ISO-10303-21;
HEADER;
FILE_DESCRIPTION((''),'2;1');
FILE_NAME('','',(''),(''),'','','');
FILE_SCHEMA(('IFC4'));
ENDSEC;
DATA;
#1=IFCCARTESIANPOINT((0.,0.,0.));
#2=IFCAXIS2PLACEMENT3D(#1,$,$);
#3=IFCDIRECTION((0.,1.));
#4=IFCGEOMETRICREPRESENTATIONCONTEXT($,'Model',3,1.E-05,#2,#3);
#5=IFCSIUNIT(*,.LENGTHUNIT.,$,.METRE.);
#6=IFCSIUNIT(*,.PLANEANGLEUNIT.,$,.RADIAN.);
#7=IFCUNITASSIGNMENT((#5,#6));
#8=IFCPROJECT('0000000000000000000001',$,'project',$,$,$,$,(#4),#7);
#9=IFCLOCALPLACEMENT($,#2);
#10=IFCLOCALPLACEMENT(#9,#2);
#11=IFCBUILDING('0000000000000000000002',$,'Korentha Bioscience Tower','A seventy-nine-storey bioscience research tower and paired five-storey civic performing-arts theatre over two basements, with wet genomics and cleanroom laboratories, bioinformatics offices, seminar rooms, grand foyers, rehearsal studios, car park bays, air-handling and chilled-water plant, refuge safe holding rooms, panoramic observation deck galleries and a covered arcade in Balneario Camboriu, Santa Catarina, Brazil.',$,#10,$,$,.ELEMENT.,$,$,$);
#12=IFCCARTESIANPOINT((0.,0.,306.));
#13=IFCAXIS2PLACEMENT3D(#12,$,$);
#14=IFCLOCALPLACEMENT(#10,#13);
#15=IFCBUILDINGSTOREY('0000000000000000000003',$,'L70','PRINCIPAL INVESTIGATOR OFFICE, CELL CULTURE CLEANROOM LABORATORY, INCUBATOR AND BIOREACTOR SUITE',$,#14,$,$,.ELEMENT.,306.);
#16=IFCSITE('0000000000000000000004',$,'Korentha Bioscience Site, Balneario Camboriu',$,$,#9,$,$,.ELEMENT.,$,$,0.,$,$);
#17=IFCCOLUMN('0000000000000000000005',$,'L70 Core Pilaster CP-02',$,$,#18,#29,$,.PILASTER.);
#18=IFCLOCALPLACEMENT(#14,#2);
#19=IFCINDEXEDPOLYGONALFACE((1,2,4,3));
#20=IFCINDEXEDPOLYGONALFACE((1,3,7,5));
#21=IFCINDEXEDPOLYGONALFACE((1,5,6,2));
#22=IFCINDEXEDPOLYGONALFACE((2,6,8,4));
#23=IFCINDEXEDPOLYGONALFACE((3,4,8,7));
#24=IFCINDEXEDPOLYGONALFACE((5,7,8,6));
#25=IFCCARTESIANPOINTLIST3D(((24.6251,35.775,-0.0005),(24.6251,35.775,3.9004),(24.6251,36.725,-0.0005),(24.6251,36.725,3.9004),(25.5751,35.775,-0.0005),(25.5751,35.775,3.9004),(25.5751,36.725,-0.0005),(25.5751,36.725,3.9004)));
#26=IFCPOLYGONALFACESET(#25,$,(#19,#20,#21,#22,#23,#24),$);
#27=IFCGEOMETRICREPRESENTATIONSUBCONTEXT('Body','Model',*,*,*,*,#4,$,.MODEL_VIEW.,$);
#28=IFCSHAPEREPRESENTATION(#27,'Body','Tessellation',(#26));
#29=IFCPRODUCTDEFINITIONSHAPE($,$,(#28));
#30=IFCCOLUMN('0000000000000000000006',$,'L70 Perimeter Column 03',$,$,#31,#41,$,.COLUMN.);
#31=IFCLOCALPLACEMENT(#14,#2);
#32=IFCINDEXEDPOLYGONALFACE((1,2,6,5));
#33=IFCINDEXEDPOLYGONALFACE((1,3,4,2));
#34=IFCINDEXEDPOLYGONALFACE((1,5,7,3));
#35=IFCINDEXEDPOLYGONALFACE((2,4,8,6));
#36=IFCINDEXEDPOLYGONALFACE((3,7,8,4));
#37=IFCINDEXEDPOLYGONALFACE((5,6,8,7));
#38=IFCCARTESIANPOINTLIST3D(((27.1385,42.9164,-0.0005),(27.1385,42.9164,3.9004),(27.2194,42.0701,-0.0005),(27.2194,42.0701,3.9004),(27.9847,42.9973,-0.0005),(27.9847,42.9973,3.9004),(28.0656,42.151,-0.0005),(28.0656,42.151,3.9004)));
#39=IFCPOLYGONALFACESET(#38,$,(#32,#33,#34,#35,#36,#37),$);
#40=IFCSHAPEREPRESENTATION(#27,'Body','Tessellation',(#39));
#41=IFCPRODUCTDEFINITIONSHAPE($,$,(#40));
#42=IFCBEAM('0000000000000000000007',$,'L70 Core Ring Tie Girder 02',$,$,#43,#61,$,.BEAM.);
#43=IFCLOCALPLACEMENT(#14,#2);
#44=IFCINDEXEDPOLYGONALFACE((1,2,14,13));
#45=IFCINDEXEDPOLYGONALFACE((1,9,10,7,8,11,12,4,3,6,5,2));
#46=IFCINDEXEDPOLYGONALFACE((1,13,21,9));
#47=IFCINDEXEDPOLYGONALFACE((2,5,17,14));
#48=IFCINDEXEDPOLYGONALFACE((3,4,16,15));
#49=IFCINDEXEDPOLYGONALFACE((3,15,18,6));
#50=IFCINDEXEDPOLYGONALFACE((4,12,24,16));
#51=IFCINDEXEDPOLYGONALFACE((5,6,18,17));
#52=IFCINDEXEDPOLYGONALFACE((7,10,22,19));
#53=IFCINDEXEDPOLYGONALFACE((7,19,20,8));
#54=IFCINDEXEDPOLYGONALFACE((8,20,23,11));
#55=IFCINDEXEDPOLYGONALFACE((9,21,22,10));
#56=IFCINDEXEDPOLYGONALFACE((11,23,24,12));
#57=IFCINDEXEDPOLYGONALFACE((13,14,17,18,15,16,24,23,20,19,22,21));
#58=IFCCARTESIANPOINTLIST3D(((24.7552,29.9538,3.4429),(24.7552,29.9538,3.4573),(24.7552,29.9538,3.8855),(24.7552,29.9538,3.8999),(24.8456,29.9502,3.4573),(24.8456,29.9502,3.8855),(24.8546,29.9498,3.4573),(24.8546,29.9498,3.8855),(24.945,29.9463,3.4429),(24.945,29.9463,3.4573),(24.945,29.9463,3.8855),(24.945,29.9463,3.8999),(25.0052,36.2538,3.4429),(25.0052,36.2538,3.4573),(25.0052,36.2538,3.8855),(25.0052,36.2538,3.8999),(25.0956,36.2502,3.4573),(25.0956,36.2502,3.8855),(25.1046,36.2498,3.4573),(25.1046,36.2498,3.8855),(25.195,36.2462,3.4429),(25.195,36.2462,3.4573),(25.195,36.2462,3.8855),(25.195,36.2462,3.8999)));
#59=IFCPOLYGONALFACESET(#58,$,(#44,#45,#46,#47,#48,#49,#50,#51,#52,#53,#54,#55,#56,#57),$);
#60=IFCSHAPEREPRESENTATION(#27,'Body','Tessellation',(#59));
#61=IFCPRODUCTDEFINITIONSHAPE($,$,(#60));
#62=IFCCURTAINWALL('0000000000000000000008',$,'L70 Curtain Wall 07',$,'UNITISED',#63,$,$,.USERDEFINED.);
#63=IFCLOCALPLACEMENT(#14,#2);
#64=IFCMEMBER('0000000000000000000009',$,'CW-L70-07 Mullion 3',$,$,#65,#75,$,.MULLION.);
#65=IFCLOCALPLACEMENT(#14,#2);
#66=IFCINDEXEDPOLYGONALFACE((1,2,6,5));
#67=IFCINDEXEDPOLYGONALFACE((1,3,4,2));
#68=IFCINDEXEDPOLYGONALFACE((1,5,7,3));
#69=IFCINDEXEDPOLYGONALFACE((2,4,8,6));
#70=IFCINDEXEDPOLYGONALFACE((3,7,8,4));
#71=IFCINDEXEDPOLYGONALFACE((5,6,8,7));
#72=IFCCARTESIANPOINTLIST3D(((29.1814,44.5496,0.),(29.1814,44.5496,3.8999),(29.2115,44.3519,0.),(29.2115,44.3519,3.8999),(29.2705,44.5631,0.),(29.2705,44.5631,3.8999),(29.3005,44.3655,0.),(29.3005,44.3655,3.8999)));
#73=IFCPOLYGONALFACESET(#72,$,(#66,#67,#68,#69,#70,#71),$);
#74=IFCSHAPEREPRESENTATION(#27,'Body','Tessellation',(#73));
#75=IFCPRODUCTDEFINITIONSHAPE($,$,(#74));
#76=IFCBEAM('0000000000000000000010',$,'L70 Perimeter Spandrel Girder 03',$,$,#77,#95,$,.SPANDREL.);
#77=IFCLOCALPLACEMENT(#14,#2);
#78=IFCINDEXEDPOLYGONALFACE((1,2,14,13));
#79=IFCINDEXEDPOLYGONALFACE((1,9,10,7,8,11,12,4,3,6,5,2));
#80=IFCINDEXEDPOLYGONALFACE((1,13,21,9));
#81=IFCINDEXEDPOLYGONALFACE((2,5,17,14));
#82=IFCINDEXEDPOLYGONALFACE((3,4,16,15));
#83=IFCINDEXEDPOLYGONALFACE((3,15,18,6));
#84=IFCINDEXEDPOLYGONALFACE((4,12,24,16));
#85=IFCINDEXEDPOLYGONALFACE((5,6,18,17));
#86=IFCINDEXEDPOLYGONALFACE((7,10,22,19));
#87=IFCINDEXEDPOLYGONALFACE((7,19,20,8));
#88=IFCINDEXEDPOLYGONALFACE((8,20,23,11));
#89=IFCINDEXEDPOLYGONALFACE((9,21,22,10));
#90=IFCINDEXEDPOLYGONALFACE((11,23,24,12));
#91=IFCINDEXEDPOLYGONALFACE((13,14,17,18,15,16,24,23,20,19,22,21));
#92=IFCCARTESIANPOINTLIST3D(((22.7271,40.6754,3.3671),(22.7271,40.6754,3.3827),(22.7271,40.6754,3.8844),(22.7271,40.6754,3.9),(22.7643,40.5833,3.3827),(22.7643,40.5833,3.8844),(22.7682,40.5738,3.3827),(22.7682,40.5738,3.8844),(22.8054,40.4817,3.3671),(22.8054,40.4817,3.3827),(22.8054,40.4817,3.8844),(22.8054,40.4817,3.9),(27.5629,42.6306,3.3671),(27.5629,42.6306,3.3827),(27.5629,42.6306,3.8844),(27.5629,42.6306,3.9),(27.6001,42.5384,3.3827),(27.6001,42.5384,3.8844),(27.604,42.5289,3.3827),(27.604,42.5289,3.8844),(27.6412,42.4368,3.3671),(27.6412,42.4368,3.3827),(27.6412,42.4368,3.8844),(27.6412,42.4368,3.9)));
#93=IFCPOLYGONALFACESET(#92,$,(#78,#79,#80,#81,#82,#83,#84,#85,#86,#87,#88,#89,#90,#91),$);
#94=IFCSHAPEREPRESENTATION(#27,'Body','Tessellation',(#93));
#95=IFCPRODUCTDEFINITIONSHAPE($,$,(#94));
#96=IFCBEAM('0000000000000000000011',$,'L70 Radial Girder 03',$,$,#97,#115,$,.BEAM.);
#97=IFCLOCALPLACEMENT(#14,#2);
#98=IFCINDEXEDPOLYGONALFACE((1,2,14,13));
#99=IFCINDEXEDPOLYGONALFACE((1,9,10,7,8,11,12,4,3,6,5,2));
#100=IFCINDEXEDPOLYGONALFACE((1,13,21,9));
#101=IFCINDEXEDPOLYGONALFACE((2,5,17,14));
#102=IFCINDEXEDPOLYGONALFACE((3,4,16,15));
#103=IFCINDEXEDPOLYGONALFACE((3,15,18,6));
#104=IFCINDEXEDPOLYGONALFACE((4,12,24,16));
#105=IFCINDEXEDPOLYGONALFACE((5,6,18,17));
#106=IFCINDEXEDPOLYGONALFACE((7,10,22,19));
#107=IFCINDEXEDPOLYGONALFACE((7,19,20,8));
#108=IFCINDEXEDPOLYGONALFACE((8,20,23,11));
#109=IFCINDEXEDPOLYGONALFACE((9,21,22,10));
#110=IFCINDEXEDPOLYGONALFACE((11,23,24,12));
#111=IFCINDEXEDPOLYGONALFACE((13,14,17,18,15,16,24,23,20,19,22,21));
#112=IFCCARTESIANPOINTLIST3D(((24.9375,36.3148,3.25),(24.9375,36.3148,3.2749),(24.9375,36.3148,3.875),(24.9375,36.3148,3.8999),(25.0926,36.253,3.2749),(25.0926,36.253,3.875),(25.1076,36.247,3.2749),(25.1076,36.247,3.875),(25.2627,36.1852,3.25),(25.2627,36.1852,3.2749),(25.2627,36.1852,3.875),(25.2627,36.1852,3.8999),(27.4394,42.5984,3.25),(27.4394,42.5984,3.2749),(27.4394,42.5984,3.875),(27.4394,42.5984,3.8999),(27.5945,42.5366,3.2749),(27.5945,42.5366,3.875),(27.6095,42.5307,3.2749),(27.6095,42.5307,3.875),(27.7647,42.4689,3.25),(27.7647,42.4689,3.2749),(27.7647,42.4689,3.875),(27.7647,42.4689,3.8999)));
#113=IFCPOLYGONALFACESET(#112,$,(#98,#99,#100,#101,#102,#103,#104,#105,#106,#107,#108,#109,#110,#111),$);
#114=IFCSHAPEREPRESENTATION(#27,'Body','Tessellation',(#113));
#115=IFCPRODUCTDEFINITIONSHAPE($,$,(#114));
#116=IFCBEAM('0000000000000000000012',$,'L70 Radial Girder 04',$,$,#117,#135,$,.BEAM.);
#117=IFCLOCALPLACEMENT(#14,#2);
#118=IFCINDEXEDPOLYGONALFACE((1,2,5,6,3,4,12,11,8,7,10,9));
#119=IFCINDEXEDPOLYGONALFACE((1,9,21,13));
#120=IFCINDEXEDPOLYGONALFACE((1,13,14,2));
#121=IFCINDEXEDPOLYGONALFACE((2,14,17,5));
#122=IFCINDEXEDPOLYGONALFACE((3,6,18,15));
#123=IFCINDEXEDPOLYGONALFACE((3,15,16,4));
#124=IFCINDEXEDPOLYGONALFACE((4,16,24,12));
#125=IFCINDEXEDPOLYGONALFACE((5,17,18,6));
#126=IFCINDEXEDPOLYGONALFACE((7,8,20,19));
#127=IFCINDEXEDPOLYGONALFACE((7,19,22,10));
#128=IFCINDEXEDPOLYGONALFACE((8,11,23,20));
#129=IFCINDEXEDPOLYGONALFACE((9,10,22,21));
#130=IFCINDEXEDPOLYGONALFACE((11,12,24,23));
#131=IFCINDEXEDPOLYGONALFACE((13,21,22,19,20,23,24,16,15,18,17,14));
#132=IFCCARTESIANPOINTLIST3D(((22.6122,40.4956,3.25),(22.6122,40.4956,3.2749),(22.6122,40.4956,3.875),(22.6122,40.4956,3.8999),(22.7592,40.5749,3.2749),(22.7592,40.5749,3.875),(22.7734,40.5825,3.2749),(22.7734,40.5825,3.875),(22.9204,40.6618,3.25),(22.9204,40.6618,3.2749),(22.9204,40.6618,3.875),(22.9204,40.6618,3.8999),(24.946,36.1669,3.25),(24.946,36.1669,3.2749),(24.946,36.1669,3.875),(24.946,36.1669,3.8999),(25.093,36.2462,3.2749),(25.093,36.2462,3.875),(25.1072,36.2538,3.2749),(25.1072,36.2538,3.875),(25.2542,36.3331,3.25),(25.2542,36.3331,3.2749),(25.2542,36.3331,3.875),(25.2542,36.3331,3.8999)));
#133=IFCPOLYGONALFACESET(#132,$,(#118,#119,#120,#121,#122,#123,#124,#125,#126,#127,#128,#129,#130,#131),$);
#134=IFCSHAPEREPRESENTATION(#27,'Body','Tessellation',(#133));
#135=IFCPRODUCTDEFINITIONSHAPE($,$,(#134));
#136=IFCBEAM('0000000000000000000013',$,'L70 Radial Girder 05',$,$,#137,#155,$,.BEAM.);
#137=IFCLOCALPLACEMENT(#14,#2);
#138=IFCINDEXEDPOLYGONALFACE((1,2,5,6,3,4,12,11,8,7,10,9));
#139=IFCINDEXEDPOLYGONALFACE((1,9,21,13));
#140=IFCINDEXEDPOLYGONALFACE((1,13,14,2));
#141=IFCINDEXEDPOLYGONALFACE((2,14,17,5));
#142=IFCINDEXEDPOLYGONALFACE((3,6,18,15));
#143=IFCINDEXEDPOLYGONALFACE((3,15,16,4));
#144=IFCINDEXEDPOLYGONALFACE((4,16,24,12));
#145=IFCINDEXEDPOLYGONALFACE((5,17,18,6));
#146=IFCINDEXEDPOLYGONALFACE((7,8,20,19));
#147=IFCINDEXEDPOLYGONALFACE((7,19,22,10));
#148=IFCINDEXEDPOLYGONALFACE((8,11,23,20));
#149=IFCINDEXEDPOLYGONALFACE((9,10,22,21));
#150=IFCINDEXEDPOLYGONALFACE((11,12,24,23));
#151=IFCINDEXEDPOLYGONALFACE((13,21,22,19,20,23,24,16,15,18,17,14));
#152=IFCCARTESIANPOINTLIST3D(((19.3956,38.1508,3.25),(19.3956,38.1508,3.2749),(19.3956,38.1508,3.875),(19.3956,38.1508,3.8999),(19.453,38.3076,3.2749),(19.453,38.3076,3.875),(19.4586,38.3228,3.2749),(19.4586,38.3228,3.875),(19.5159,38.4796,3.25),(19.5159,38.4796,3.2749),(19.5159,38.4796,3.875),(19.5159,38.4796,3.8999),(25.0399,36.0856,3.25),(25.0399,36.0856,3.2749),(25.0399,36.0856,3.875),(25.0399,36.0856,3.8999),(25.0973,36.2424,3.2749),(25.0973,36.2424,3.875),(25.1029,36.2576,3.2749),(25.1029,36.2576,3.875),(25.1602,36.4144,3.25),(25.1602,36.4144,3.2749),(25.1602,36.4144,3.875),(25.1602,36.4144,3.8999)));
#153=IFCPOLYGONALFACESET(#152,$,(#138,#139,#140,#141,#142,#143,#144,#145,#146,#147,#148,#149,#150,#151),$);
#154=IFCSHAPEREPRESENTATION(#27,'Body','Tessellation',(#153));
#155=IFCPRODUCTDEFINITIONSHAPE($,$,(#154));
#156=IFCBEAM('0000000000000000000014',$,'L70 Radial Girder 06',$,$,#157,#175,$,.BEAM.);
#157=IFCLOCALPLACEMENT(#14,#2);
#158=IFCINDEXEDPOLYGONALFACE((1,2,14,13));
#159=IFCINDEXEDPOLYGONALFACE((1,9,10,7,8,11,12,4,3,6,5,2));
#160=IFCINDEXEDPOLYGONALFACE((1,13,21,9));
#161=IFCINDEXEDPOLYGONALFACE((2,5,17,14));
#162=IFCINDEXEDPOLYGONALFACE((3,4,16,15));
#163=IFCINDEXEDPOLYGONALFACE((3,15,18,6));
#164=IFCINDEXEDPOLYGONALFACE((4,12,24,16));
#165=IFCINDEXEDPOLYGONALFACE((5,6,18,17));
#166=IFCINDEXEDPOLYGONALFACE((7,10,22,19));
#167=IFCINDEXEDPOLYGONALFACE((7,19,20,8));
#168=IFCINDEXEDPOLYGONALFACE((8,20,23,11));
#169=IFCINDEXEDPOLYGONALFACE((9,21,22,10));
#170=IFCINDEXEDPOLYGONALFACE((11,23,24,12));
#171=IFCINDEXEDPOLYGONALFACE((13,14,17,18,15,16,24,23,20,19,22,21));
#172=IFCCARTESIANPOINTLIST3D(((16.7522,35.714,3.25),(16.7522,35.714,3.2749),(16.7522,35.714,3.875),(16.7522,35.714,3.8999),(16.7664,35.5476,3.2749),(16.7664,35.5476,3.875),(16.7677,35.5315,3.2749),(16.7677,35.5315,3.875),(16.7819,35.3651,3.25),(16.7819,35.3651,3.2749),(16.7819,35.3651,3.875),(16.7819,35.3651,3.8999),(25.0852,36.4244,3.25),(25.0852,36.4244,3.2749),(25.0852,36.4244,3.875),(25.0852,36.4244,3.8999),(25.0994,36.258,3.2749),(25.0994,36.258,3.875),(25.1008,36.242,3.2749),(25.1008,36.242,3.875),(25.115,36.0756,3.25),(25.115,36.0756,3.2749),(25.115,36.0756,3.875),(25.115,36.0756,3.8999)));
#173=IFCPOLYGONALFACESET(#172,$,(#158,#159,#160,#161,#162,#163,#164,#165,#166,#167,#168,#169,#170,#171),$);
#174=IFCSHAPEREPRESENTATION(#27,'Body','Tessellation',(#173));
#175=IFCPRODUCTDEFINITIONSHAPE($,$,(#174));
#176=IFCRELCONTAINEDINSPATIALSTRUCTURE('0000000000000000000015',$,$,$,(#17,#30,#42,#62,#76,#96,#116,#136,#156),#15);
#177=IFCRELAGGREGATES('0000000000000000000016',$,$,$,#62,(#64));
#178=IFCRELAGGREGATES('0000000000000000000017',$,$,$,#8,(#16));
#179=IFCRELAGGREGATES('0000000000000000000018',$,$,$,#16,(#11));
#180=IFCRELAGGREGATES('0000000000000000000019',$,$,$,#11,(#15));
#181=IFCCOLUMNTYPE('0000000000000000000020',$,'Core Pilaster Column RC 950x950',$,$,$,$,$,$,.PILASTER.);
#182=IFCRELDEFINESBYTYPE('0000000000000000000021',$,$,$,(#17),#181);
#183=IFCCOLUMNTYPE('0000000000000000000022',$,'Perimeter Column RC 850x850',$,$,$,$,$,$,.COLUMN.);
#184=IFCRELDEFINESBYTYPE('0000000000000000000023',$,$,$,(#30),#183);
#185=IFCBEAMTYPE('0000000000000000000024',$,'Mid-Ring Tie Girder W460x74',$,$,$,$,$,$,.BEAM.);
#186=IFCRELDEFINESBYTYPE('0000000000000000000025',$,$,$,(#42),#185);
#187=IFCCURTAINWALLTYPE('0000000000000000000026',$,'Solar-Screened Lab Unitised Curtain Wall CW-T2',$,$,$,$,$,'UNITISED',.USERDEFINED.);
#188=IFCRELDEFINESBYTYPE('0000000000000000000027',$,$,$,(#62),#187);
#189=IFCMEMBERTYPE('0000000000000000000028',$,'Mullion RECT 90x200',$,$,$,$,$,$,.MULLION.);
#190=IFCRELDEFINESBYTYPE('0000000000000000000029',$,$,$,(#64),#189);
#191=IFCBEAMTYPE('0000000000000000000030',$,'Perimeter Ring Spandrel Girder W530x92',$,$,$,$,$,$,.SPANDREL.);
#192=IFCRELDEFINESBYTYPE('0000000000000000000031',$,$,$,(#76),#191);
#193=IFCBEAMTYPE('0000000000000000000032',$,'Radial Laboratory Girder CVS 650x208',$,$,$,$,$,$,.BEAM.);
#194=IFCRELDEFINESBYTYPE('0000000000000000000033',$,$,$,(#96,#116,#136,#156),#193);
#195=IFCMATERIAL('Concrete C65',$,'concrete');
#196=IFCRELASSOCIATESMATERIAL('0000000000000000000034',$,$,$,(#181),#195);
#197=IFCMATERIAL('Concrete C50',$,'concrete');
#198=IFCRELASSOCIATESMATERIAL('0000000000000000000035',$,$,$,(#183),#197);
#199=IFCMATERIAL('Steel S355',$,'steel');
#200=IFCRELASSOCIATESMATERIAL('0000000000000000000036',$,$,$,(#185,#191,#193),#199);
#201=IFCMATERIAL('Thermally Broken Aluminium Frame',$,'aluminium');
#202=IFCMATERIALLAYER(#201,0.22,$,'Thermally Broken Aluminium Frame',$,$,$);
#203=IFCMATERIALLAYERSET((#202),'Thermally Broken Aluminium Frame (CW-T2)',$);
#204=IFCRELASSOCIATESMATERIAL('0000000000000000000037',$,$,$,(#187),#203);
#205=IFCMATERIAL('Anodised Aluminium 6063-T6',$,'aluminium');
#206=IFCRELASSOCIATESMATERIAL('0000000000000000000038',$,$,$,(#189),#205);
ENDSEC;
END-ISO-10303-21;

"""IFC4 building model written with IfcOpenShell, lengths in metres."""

from ifc_helpers import new_model, si_unit, direction, frame, origin, origin_2d, place, context, subcontext, project, spatial, rectangle, i_section, extrude, material, layer, layer_set, material_profile, profile_set, type_object, element, aggregate, save


model = new_model("IFC4")

# Units and contexts
model_context = context("Model", 3, precision=1e-05, world=origin(), true_north=direction((0.0, 1.0)))
body_context = subcontext(model_context, "Body", "Model", "MODEL_VIEW")
ifc_project = project(units=[si_unit("LENGTHUNIT", "METRE"), si_unit("PLANEANGLEUNIT", "RADIAN")], contexts=[model_context])

# Site, building, storey
site_placement = place(None, origin())
site = spatial("IfcSite", under=ifc_project, at=site_placement, Name="Korentha Bioscience Site, Balneario Camboriu", CompositionType="ELEMENT", RefElevation=0.0)
building_placement = place(site_placement, origin())
building = spatial("IfcBuilding", under=site, at=building_placement, Name="Korentha Bioscience Tower", Description="A seventy-nine-storey bioscience research tower and paired five-storey civic performing-arts theatre over two basements, with wet genomics and cleanroom laboratories, bioinformatics offices, seminar rooms, grand foyers, rehearsal studios, car park bays, air-handling and chilled-water plant, refuge safe holding rooms, panoramic observation deck galleries and a covered arcade in Balneario Camboriu, Santa Catarina, Brazil.", CompositionType="ELEMENT")
storey_placement = place(building_placement, frame((0.0, 0.0, 306.0)))
storey = spatial("IfcBuildingStorey", under=building, at=storey_placement, Name="L70", Description="PRINCIPAL INVESTIGATOR OFFICE, CELL CULTURE CLEANROOM LABORATORY, INCUBATOR AND BIOREACTOR SUITE", CompositionType="ELEMENT", Elevation=306.0)

# Columns
ifc_material_1 = material(Name="Concrete C65", Category="concrete")
ifc_material_profile_1 = material_profile(ifc_material_1, rectangle(XDim=0.95, YDim=0.95, at=origin_2d()), Name="Concrete C65")
ifc_profile_set_1 = profile_set([ifc_material_profile_1], Name="Concrete C65 (COL-CP09)")
column_type_1 = type_object("IfcColumnType", Name="Core Pilaster Column RC 950x950", PredefinedType="PILASTER", material=ifc_profile_set_1)
column_1_placement = place(storey_placement, frame((25.1001, 36.25, -0.0005), z_axis=(0.0, 0.0, 1.0), x_axis=(1.0, 0.0, 0.0)))
element("IfcColumn", 1, at=column_1_placement, inside=storey, type_object=column_type_1, Name="L70 Core Pilaster CP-02", PredefinedType="PILASTER", context=body_context, shape_type="SweptSolid", body=[
    extrude(rectangle(XDim=0.95, YDim=0.95, at=origin_2d()), origin(), (0.0, 0.0, 1.0), 3.9009),
])
ifc_material_2 = material(Name="Concrete C50", Category="concrete")
ifc_material_profile_2 = material_profile(ifc_material_2, rectangle(XDim=0.8501, YDim=0.8501, at=origin_2d()), Name="Concrete C50")
ifc_profile_set_2 = profile_set([ifc_material_profile_2], Name="Concrete C50 (COL-P08)")
column_type_2 = type_object("IfcColumnType", Name="Perimeter Column RC 850x850", PredefinedType="COLUMN", material=ifc_profile_set_2)
column_2_placement = place(storey_placement, frame((27.6021, 42.5337, -0.0005), z_axis=(0.0, 0.0, 1.0), x_axis=(0.995463, 0.095151, 0.0)))
element("IfcColumn", 2, at=column_2_placement, inside=storey, type_object=column_type_2, Name="L70 Perimeter Column 03", PredefinedType="COLUMN", context=body_context, shape_type="SweptSolid", body=[
    extrude(rectangle(XDim=0.8501, YDim=0.8501, at=origin_2d()), origin(), (0.0, 0.0, 1.0), 3.9009),
])

# Beam
ifc_material_3 = material(Name="Steel S355", Category="steel")
ifc_material_profile_3 = material_profile(ifc_material_3, i_section(OverallWidth=0.1899, OverallDepth=0.457, WebThickness=0.009, FlangeThickness=0.0144, at=origin_2d()), Name="Steel S355")
ifc_profile_set_3 = profile_set([ifc_material_profile_3], Name="Steel S355 (MB-460)")
beam_type_1 = type_object("IfcBeamType", Name="Mid-Ring Tie Girder W460x74", PredefinedType="BEAM", material=ifc_profile_set_3)
beam_1_placement = place(storey_placement, frame((25.1001, 36.25, 3.6714), z_axis=(-0.039651, -0.999214, 0.0), x_axis=(0.999214, -0.039651, 0.0)))
element("IfcBeam", 3, at=beam_1_placement, inside=storey, type_object=beam_type_1, Name="L70 Core Ring Tie Girder 02", PredefinedType="BEAM", context=body_context, shape_type="SweptSolid", body=[
    extrude(i_section(OverallWidth=0.1899, OverallDepth=0.457, WebThickness=0.009, FlangeThickness=0.0144, at=origin_2d()), origin(), (0.0, 0.0, 1.0), 6.3049),
])

# Curtain wall, member
ifc_material_4 = material(Name="Thermally Broken Aluminium Frame", Category="aluminium")
ifc_layer_1 = layer(ifc_material_4, 0.22, Name="Thermally Broken Aluminium Frame")
ifc_layer_set_1 = layer_set([ifc_layer_1], Name="Thermally Broken Aluminium Frame (CW-T2)")
curtain_wall_type = type_object("IfcCurtainWallType", Name="Solar-Screened Lab Unitised Curtain Wall CW-T2", ElementType="UNITISED", PredefinedType="USERDEFINED", material=ifc_layer_set_1)
curtain_wall_placement = place(storey_placement, origin())
curtain_wall = element("IfcCurtainWall", 4, at=curtain_wall_placement, inside=storey, type_object=curtain_wall_type, Name="L70 Curtain Wall 07", ObjectType="UNITISED", PredefinedType="USERDEFINED")
ifc_material_5 = material(Name="Anodised Aluminium 6063-T6", Category="aluminium")
ifc_material_profile_4 = material_profile(ifc_material_5, rectangle(XDim=0.0901, YDim=0.2, at=origin_2d()), Name="Anodised Aluminium 6063-T6")
ifc_profile_set_4 = profile_set([ifc_material_profile_4], Name="Anodised Aluminium 6063-T6 (CW-MUL)")
member_type = type_object("IfcMemberType", Name="Mullion RECT 90x200", PredefinedType="MULLION", material=ifc_profile_set_4)
member_placement = place(storey_placement, frame((29.241, 44.4575, 0.0), z_axis=(0.0, 0.0, 1.0), x_axis=(-0.988621, -0.150428, 0.0)))
member = element("IfcMember", 5, at=member_placement, type_object=member_type, Name="CW-L70-07 Mullion 3", PredefinedType="MULLION", context=body_context, shape_type="SweptSolid", body=[
    extrude(rectangle(XDim=0.0901, YDim=0.2, at=origin_2d()), origin(), (0.0, 0.0, 1.0), 3.8999),
])

# Beams
ifc_material_profile_5 = material_profile(ifc_material_3, i_section(OverallWidth=0.209, OverallDepth=0.533, WebThickness=0.0103, FlangeThickness=0.0156, at=origin_2d()), Name="Steel S355")
ifc_profile_set_5 = profile_set([ifc_material_profile_5], Name="Steel S355 (SB-530)")
beam_type_2 = type_object("IfcBeamType", Name="Perimeter Ring Spandrel Girder W530x92", PredefinedType="SPANDREL", material=ifc_profile_set_5)
beam_2_placement = place(storey_placement, frame((27.6021, 42.5337, 3.6335), z_axis=(-0.927095, -0.374826, 0.0), x_axis=(0.374826, -0.927095, 0.0)))
element("IfcBeam", 6, at=beam_2_placement, inside=storey, type_object=beam_type_2, Name="L70 Perimeter Spandrel Girder 03", PredefinedType="SPANDREL", context=body_context, shape_type="SweptSolid", body=[
    extrude(i_section(OverallWidth=0.209, OverallDepth=0.533, WebThickness=0.0103, FlangeThickness=0.0156, at=origin_2d()), origin(), (0.0, 0.0, 1.0), 5.2161),
])
ifc_material_profile_6 = material_profile(ifc_material_3, i_section(OverallWidth=0.3501, OverallDepth=0.6499, WebThickness=0.0161, FlangeThickness=0.0249, at=origin_2d()), Name="Steel S355")
ifc_profile_set_6 = profile_set([ifc_material_profile_6], Name="Steel S355 (RB-650)")
beam_type_3 = type_object("IfcBeamType", Name="Radial Laboratory Girder CVS 650x208", PredefinedType="BEAM", material=ifc_profile_set_6)
beam_3_placement = place(storey_placement, frame((25.1001, 36.25, 3.575), z_axis=(0.369921, 0.929063, 0.0), x_axis=(-0.929063, 0.369921, 0.0)))
element("IfcBeam", 7, at=beam_3_placement, inside=storey, type_object=beam_type_3, Name="L70 Radial Girder 03", PredefinedType="BEAM", context=body_context, shape_type="SweptSolid", body=[
    extrude(i_section(OverallWidth=0.3501, OverallDepth=0.6499, WebThickness=0.0161, FlangeThickness=0.0249, at=origin_2d()), origin(), (0.0, 0.0, 1.0), 6.7634),
])
beam_4_placement = place(storey_placement, frame((25.1001, 36.25, 3.575), z_axis=(-0.474565, 0.880221, 0.0), x_axis=(-0.880221, -0.474565, 0.0)))
element("IfcBeam", 8, at=beam_4_placement, inside=storey, type_object=beam_type_3, Name="L70 Radial Girder 04", PredefinedType="BEAM", context=body_context, shape_type="SweptSolid", body=[
    extrude(i_section(OverallWidth=0.3501, OverallDepth=0.6499, WebThickness=0.0161, FlangeThickness=0.0249, at=origin_2d()), origin(), (0.0, 0.0, 1.0), 4.9177),
])
beam_5_placement = place(storey_placement, frame((25.1001, 36.25, 3.575), z_axis=(-0.939112, 0.343611, 0.0), x_axis=(-0.343611, -0.939112, 0.0)))
element("IfcBeam", 9, at=beam_5_placement, inside=storey, type_object=beam_type_3, Name="L70 Radial Girder 05", PredefinedType="BEAM", context=body_context, shape_type="SweptSolid", body=[
    extrude(i_section(OverallWidth=0.3501, OverallDepth=0.6499, WebThickness=0.0161, FlangeThickness=0.0249, at=origin_2d()), origin(), (0.0, 0.0, 1.0), 6.0103),
])
beam_6_placement = place(storey_placement, frame((25.1001, 36.25, 3.575), z_axis=(-0.996385, -0.084949, 0.0), x_axis=(0.084949, -0.996385, 0.0)))
element("IfcBeam", 10, at=beam_6_placement, inside=storey, type_object=beam_type_3, Name="L70 Radial Girder 06", PredefinedType="BEAM", context=body_context, shape_type="SweptSolid", body=[
    extrude(i_section(OverallWidth=0.3501, OverallDepth=0.6499, WebThickness=0.0161, FlangeThickness=0.0249, at=origin_2d()), origin(), (0.0, 0.0, 1.0), 8.3633),
])

aggregate(curtain_wall, [member])

save(model, "model.ifc")
